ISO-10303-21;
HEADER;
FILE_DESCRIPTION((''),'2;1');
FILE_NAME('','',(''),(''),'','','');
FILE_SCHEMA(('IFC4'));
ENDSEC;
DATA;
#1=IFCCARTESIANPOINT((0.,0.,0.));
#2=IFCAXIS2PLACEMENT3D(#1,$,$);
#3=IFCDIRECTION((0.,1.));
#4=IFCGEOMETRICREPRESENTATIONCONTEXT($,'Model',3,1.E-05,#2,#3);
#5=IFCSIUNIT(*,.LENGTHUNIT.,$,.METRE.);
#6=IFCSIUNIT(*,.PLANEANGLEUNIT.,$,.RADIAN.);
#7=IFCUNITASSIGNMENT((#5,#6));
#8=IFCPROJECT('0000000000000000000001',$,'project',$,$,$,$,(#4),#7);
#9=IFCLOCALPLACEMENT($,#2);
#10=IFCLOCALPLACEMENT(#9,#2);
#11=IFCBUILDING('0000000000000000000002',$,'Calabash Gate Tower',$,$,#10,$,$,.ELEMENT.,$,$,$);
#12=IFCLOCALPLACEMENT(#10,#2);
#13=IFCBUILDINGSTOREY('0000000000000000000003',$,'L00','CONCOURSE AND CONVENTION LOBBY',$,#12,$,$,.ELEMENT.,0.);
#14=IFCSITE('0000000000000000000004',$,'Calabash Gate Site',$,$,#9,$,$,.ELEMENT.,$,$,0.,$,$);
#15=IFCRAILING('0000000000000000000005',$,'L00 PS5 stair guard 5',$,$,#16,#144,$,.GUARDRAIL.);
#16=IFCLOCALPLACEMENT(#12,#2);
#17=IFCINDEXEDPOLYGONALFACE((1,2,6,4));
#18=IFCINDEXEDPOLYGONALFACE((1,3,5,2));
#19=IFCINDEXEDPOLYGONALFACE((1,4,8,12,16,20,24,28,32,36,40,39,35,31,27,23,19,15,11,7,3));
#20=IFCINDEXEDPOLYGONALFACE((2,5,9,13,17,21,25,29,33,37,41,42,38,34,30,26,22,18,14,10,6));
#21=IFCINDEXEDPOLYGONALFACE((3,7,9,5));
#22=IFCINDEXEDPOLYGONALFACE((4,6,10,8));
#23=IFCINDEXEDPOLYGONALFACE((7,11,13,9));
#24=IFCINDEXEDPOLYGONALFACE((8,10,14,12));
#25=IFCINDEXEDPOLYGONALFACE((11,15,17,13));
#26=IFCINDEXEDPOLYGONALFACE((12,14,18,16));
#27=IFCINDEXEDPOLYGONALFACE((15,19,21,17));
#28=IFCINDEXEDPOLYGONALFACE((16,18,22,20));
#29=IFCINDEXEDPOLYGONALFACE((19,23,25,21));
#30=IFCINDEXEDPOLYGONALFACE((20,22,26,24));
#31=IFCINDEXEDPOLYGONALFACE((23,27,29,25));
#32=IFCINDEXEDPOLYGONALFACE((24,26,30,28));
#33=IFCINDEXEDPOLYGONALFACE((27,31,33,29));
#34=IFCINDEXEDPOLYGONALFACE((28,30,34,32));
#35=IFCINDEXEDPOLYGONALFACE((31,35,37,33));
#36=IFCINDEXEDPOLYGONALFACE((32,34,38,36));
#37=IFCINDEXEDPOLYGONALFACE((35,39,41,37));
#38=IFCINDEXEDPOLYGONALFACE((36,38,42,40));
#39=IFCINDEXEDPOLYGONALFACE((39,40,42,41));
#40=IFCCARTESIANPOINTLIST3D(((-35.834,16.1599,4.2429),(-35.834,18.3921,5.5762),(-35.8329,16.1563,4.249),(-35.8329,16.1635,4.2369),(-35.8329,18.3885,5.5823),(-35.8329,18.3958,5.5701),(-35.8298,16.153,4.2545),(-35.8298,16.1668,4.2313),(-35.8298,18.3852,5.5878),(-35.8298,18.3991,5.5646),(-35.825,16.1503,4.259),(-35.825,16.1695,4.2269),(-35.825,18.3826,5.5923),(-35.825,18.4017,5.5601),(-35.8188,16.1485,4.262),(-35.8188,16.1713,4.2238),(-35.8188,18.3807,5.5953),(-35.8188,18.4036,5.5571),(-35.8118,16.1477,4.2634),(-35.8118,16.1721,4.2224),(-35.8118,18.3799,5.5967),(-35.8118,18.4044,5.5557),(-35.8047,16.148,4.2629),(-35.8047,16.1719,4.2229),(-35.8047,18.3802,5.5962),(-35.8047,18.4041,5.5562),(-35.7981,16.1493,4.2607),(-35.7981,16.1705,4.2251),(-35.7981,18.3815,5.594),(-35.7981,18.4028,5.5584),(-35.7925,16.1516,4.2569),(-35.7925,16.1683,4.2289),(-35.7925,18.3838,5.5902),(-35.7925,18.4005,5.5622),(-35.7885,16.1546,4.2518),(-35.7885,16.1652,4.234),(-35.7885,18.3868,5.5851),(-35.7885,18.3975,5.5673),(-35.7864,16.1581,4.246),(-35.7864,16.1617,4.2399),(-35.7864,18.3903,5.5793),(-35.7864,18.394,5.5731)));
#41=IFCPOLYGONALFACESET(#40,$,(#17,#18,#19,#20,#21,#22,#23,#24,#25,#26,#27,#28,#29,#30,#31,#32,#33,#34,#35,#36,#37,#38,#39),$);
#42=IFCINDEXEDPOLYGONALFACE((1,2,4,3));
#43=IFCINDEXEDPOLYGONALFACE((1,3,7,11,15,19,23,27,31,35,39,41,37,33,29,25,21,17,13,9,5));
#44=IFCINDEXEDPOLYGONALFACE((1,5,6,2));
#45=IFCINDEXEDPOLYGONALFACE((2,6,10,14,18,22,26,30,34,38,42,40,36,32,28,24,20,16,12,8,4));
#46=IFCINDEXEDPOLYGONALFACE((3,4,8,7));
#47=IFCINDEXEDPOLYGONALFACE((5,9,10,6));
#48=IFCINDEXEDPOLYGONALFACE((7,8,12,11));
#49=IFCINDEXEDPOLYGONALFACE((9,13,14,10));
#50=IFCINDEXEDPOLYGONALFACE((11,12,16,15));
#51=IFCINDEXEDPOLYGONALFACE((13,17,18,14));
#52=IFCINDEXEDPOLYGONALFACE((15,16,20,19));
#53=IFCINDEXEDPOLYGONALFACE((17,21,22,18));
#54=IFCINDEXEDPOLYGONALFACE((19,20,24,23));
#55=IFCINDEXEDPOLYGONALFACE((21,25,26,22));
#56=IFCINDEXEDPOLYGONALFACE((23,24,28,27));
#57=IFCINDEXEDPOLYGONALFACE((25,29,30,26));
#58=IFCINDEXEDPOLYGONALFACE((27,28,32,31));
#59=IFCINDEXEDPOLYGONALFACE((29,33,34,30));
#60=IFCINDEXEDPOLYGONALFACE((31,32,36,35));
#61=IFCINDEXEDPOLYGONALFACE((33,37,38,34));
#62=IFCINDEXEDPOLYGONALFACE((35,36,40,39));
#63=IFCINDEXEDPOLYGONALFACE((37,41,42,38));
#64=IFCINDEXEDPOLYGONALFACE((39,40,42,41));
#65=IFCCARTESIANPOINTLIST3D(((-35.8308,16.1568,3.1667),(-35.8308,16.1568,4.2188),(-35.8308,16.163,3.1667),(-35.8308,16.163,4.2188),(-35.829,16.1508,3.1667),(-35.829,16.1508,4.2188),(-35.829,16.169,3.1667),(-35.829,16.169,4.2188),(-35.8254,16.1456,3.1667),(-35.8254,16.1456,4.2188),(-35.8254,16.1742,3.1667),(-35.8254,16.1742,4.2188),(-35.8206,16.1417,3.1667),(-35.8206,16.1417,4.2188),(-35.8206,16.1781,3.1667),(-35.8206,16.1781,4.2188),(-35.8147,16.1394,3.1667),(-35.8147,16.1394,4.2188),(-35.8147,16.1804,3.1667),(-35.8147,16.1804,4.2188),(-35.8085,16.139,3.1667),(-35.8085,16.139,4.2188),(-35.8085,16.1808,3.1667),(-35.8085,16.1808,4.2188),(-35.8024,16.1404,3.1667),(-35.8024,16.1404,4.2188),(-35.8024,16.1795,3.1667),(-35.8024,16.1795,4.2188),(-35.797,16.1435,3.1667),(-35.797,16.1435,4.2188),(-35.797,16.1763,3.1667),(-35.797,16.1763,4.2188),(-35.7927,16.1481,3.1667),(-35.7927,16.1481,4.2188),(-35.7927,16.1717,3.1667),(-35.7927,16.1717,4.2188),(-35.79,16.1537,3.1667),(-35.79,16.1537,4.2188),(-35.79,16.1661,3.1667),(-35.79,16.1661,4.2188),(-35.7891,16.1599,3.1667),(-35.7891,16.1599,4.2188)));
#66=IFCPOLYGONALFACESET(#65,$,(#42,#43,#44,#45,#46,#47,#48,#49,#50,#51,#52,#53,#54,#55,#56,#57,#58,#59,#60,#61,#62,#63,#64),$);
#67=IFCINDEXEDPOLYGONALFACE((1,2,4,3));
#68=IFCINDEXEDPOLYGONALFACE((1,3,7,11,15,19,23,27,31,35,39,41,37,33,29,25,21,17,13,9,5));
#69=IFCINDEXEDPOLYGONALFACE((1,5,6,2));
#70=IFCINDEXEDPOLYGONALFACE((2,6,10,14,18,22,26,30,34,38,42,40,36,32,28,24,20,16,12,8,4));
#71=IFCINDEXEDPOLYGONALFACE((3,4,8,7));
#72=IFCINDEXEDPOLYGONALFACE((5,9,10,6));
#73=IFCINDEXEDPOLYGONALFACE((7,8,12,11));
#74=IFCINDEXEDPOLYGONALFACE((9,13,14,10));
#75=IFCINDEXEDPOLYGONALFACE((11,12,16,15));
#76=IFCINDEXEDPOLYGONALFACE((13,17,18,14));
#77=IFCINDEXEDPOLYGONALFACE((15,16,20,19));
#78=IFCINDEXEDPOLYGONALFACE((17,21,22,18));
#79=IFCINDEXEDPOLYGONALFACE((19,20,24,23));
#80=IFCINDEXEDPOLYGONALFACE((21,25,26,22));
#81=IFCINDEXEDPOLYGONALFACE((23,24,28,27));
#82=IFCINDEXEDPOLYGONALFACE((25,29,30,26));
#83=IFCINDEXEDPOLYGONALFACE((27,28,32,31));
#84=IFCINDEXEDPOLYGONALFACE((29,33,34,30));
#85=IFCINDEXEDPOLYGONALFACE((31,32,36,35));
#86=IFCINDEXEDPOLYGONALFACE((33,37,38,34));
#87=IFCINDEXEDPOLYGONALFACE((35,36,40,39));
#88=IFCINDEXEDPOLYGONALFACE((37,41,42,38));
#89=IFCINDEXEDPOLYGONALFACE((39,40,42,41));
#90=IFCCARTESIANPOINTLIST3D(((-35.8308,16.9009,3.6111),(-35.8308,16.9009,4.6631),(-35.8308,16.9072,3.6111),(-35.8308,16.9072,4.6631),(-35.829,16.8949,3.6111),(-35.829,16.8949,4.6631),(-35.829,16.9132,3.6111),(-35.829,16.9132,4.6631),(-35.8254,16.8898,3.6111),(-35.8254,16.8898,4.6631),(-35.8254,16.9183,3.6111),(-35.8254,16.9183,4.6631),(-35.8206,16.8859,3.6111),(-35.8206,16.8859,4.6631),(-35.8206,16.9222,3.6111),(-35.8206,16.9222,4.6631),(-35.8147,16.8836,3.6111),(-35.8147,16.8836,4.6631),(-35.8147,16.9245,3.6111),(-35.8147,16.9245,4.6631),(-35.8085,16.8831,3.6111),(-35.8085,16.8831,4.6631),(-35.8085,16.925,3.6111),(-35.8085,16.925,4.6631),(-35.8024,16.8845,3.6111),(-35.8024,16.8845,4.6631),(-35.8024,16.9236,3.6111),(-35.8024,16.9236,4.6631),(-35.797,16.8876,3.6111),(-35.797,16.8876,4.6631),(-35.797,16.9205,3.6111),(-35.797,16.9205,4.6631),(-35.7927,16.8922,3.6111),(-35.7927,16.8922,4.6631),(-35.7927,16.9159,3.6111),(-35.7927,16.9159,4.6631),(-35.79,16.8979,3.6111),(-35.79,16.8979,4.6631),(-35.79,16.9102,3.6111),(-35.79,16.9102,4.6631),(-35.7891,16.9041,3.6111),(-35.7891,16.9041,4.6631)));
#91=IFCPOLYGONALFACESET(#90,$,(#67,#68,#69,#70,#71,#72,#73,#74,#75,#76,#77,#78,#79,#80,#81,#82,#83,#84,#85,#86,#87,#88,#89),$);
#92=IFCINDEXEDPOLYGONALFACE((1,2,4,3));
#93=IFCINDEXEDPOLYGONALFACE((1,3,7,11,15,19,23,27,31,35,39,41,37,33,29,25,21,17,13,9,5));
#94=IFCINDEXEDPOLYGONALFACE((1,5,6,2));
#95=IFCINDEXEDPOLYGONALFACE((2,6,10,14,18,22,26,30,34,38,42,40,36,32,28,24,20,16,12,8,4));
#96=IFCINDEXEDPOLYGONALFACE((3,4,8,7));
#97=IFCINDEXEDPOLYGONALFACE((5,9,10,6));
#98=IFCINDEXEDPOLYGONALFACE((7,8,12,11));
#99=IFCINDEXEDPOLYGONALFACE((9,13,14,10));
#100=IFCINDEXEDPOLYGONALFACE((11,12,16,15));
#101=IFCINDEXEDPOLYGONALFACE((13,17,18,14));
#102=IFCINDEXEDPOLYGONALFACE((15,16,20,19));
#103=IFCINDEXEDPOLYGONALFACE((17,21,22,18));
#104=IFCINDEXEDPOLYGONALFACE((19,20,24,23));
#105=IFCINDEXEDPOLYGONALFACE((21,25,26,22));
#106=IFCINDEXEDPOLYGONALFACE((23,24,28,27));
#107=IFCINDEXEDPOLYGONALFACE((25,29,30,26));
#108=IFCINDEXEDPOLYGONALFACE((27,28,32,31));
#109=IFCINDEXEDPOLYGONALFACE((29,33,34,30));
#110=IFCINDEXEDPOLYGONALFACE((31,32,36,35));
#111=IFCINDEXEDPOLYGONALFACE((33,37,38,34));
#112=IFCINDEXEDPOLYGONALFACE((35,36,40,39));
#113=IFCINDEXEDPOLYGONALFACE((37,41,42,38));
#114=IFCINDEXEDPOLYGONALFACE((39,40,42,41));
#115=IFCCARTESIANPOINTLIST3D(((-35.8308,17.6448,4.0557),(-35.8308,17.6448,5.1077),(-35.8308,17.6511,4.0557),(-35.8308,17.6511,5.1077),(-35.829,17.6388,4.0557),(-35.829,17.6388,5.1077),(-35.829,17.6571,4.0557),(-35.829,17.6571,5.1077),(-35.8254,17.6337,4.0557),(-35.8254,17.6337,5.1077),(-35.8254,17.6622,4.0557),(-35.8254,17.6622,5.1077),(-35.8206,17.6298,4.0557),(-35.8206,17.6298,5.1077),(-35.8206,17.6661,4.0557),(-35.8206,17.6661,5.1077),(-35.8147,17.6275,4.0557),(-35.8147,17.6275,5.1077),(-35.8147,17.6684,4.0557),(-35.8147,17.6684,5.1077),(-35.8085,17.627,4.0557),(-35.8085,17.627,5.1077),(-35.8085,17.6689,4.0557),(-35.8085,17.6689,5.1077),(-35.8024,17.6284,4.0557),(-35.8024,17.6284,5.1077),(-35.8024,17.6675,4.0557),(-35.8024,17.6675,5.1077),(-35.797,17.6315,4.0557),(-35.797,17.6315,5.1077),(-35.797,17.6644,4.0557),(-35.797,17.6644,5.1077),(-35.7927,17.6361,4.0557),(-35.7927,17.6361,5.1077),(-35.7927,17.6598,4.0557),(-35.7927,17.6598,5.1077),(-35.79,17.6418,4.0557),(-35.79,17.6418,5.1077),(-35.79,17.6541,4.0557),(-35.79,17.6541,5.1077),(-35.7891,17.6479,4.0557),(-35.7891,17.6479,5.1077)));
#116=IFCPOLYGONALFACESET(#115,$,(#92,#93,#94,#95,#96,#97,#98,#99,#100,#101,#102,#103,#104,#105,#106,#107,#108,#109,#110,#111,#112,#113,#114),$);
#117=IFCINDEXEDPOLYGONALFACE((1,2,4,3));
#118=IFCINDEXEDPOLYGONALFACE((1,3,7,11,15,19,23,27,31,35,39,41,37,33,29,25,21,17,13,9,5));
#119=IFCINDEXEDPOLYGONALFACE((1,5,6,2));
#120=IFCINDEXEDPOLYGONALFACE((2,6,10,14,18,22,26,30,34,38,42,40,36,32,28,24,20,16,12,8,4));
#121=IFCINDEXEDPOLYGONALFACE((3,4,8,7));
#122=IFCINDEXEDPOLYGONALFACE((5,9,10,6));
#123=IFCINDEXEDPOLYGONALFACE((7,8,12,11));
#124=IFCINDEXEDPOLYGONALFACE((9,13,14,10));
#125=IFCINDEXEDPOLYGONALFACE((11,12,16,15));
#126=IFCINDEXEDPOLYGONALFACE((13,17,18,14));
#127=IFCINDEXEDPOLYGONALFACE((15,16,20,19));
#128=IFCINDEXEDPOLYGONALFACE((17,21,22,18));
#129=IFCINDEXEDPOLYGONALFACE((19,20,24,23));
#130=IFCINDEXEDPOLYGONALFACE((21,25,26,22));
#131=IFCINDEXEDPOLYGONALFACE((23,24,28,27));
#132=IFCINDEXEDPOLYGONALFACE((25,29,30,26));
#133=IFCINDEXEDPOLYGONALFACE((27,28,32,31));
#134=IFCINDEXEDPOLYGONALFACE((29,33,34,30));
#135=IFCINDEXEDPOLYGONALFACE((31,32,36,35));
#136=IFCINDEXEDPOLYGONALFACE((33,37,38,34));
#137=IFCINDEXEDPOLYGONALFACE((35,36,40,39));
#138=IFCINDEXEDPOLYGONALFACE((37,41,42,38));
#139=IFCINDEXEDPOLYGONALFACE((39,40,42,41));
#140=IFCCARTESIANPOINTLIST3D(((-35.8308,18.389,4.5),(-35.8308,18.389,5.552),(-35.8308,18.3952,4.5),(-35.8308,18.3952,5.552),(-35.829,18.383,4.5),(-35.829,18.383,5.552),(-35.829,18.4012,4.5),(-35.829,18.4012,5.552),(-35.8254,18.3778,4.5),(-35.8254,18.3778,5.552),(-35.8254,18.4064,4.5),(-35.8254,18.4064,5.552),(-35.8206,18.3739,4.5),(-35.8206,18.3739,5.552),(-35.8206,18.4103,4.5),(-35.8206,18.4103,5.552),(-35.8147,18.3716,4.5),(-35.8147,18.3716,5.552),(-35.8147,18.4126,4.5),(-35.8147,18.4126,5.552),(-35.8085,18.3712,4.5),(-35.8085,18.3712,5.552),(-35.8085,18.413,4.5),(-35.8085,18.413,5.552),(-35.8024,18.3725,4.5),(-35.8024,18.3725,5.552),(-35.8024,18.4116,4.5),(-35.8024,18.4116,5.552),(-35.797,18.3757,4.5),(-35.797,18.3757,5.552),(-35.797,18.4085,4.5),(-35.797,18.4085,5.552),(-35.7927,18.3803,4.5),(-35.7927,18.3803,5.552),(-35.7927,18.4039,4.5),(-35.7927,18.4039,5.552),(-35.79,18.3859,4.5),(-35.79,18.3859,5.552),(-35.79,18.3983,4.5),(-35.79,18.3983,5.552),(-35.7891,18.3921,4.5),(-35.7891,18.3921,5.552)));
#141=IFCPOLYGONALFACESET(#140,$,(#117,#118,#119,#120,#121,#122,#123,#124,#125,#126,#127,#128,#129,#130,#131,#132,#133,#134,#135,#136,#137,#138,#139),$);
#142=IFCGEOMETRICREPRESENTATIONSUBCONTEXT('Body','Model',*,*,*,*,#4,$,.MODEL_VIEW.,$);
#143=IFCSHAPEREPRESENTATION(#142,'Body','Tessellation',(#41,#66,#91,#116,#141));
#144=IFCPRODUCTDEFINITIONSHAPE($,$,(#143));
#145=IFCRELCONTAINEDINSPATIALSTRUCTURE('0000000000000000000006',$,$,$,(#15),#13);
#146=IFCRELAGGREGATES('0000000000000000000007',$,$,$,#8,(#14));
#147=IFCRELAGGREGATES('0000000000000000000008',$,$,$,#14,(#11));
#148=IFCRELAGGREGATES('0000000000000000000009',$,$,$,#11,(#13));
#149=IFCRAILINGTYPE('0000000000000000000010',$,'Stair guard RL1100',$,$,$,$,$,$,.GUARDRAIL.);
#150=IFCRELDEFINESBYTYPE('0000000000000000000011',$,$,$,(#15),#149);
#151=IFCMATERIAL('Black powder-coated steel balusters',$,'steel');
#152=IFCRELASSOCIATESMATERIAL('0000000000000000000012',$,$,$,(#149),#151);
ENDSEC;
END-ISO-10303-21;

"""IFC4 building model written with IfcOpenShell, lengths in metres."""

from ifc_helpers import new_model, si_unit, direction, frame, origin, origin_2d, place, context, subcontext, project, spatial, circle, extrude, material, type_object, element, save


model = new_model("IFC4")

# Units and contexts
model_context = context("Model", 3, precision=1e-05, world=origin(), true_north=direction((0.0, 1.0)))
body_context = subcontext(model_context, "Body", "Model", "MODEL_VIEW")
ifc_project = project(units=[si_unit("LENGTHUNIT", "METRE"), si_unit("PLANEANGLEUNIT", "RADIAN")], contexts=[model_context])

# Site, building, storey
site_placement = place(None, origin())
site = spatial("IfcSite", under=ifc_project, at=site_placement, Name="Calabash Gate Site", CompositionType="ELEMENT", RefElevation=0.0)
building_placement = place(site_placement, origin())
building = spatial("IfcBuilding", under=site, at=building_placement, Name="Calabash Gate Tower", CompositionType="ELEMENT")
storey_placement = place(building_placement, origin())
storey = spatial("IfcBuildingStorey", under=building, at=storey_placement, Name="L00", Description="CONCOURSE AND CONVENTION LOBBY", CompositionType="ELEMENT", Elevation=0.0)

# Railing
ifc_material_1 = material(Name="Black powder-coated steel balusters", Category="steel")
railing_type_1 = type_object("IfcRailingType", Name="Stair guard RL1100", PredefinedType="GUARDRAIL", material=ifc_material_1)
railing_1_placement = place(storey_placement, frame((-35.8101, 16.1599, 3.1667)))
element("IfcRailing", 1, at=railing_1_placement, inside=storey, type_object=railing_type_1, Name="L00 PS5 stair guard 5", PredefinedType="GUARDRAIL", context=body_context, shape_type="SweptSolid", body=[
    extrude(circle(Radius=0.0239, at=origin_2d()), frame((0.0, 0.0, 1.0762), z_axis=(0.0, 0.858519, 0.512782), x_axis=(-1.0, 0.0, 0.0)), (0.0, 0.0, 1.0), 2.6001),
    extrude(circle(Radius=0.021, at=origin_2d()), origin(), (0.0, 0.0, 1.0), 1.052),
    extrude(circle(Radius=0.021, at=origin_2d()), frame((0.0, 0.7441, 0.4443)), (0.0, 0.0, 1.0), 1.052),
    extrude(circle(Radius=0.021, at=origin_2d()), frame((0.0, 1.488, 0.8889)), (0.0, 0.0, 1.0), 1.052),
    extrude(circle(Radius=0.021, at=origin_2d()), frame((0.0, 2.2322, 1.3333)), (0.0, 0.0, 1.0), 1.052),
])

save(model, "model.ifc")
